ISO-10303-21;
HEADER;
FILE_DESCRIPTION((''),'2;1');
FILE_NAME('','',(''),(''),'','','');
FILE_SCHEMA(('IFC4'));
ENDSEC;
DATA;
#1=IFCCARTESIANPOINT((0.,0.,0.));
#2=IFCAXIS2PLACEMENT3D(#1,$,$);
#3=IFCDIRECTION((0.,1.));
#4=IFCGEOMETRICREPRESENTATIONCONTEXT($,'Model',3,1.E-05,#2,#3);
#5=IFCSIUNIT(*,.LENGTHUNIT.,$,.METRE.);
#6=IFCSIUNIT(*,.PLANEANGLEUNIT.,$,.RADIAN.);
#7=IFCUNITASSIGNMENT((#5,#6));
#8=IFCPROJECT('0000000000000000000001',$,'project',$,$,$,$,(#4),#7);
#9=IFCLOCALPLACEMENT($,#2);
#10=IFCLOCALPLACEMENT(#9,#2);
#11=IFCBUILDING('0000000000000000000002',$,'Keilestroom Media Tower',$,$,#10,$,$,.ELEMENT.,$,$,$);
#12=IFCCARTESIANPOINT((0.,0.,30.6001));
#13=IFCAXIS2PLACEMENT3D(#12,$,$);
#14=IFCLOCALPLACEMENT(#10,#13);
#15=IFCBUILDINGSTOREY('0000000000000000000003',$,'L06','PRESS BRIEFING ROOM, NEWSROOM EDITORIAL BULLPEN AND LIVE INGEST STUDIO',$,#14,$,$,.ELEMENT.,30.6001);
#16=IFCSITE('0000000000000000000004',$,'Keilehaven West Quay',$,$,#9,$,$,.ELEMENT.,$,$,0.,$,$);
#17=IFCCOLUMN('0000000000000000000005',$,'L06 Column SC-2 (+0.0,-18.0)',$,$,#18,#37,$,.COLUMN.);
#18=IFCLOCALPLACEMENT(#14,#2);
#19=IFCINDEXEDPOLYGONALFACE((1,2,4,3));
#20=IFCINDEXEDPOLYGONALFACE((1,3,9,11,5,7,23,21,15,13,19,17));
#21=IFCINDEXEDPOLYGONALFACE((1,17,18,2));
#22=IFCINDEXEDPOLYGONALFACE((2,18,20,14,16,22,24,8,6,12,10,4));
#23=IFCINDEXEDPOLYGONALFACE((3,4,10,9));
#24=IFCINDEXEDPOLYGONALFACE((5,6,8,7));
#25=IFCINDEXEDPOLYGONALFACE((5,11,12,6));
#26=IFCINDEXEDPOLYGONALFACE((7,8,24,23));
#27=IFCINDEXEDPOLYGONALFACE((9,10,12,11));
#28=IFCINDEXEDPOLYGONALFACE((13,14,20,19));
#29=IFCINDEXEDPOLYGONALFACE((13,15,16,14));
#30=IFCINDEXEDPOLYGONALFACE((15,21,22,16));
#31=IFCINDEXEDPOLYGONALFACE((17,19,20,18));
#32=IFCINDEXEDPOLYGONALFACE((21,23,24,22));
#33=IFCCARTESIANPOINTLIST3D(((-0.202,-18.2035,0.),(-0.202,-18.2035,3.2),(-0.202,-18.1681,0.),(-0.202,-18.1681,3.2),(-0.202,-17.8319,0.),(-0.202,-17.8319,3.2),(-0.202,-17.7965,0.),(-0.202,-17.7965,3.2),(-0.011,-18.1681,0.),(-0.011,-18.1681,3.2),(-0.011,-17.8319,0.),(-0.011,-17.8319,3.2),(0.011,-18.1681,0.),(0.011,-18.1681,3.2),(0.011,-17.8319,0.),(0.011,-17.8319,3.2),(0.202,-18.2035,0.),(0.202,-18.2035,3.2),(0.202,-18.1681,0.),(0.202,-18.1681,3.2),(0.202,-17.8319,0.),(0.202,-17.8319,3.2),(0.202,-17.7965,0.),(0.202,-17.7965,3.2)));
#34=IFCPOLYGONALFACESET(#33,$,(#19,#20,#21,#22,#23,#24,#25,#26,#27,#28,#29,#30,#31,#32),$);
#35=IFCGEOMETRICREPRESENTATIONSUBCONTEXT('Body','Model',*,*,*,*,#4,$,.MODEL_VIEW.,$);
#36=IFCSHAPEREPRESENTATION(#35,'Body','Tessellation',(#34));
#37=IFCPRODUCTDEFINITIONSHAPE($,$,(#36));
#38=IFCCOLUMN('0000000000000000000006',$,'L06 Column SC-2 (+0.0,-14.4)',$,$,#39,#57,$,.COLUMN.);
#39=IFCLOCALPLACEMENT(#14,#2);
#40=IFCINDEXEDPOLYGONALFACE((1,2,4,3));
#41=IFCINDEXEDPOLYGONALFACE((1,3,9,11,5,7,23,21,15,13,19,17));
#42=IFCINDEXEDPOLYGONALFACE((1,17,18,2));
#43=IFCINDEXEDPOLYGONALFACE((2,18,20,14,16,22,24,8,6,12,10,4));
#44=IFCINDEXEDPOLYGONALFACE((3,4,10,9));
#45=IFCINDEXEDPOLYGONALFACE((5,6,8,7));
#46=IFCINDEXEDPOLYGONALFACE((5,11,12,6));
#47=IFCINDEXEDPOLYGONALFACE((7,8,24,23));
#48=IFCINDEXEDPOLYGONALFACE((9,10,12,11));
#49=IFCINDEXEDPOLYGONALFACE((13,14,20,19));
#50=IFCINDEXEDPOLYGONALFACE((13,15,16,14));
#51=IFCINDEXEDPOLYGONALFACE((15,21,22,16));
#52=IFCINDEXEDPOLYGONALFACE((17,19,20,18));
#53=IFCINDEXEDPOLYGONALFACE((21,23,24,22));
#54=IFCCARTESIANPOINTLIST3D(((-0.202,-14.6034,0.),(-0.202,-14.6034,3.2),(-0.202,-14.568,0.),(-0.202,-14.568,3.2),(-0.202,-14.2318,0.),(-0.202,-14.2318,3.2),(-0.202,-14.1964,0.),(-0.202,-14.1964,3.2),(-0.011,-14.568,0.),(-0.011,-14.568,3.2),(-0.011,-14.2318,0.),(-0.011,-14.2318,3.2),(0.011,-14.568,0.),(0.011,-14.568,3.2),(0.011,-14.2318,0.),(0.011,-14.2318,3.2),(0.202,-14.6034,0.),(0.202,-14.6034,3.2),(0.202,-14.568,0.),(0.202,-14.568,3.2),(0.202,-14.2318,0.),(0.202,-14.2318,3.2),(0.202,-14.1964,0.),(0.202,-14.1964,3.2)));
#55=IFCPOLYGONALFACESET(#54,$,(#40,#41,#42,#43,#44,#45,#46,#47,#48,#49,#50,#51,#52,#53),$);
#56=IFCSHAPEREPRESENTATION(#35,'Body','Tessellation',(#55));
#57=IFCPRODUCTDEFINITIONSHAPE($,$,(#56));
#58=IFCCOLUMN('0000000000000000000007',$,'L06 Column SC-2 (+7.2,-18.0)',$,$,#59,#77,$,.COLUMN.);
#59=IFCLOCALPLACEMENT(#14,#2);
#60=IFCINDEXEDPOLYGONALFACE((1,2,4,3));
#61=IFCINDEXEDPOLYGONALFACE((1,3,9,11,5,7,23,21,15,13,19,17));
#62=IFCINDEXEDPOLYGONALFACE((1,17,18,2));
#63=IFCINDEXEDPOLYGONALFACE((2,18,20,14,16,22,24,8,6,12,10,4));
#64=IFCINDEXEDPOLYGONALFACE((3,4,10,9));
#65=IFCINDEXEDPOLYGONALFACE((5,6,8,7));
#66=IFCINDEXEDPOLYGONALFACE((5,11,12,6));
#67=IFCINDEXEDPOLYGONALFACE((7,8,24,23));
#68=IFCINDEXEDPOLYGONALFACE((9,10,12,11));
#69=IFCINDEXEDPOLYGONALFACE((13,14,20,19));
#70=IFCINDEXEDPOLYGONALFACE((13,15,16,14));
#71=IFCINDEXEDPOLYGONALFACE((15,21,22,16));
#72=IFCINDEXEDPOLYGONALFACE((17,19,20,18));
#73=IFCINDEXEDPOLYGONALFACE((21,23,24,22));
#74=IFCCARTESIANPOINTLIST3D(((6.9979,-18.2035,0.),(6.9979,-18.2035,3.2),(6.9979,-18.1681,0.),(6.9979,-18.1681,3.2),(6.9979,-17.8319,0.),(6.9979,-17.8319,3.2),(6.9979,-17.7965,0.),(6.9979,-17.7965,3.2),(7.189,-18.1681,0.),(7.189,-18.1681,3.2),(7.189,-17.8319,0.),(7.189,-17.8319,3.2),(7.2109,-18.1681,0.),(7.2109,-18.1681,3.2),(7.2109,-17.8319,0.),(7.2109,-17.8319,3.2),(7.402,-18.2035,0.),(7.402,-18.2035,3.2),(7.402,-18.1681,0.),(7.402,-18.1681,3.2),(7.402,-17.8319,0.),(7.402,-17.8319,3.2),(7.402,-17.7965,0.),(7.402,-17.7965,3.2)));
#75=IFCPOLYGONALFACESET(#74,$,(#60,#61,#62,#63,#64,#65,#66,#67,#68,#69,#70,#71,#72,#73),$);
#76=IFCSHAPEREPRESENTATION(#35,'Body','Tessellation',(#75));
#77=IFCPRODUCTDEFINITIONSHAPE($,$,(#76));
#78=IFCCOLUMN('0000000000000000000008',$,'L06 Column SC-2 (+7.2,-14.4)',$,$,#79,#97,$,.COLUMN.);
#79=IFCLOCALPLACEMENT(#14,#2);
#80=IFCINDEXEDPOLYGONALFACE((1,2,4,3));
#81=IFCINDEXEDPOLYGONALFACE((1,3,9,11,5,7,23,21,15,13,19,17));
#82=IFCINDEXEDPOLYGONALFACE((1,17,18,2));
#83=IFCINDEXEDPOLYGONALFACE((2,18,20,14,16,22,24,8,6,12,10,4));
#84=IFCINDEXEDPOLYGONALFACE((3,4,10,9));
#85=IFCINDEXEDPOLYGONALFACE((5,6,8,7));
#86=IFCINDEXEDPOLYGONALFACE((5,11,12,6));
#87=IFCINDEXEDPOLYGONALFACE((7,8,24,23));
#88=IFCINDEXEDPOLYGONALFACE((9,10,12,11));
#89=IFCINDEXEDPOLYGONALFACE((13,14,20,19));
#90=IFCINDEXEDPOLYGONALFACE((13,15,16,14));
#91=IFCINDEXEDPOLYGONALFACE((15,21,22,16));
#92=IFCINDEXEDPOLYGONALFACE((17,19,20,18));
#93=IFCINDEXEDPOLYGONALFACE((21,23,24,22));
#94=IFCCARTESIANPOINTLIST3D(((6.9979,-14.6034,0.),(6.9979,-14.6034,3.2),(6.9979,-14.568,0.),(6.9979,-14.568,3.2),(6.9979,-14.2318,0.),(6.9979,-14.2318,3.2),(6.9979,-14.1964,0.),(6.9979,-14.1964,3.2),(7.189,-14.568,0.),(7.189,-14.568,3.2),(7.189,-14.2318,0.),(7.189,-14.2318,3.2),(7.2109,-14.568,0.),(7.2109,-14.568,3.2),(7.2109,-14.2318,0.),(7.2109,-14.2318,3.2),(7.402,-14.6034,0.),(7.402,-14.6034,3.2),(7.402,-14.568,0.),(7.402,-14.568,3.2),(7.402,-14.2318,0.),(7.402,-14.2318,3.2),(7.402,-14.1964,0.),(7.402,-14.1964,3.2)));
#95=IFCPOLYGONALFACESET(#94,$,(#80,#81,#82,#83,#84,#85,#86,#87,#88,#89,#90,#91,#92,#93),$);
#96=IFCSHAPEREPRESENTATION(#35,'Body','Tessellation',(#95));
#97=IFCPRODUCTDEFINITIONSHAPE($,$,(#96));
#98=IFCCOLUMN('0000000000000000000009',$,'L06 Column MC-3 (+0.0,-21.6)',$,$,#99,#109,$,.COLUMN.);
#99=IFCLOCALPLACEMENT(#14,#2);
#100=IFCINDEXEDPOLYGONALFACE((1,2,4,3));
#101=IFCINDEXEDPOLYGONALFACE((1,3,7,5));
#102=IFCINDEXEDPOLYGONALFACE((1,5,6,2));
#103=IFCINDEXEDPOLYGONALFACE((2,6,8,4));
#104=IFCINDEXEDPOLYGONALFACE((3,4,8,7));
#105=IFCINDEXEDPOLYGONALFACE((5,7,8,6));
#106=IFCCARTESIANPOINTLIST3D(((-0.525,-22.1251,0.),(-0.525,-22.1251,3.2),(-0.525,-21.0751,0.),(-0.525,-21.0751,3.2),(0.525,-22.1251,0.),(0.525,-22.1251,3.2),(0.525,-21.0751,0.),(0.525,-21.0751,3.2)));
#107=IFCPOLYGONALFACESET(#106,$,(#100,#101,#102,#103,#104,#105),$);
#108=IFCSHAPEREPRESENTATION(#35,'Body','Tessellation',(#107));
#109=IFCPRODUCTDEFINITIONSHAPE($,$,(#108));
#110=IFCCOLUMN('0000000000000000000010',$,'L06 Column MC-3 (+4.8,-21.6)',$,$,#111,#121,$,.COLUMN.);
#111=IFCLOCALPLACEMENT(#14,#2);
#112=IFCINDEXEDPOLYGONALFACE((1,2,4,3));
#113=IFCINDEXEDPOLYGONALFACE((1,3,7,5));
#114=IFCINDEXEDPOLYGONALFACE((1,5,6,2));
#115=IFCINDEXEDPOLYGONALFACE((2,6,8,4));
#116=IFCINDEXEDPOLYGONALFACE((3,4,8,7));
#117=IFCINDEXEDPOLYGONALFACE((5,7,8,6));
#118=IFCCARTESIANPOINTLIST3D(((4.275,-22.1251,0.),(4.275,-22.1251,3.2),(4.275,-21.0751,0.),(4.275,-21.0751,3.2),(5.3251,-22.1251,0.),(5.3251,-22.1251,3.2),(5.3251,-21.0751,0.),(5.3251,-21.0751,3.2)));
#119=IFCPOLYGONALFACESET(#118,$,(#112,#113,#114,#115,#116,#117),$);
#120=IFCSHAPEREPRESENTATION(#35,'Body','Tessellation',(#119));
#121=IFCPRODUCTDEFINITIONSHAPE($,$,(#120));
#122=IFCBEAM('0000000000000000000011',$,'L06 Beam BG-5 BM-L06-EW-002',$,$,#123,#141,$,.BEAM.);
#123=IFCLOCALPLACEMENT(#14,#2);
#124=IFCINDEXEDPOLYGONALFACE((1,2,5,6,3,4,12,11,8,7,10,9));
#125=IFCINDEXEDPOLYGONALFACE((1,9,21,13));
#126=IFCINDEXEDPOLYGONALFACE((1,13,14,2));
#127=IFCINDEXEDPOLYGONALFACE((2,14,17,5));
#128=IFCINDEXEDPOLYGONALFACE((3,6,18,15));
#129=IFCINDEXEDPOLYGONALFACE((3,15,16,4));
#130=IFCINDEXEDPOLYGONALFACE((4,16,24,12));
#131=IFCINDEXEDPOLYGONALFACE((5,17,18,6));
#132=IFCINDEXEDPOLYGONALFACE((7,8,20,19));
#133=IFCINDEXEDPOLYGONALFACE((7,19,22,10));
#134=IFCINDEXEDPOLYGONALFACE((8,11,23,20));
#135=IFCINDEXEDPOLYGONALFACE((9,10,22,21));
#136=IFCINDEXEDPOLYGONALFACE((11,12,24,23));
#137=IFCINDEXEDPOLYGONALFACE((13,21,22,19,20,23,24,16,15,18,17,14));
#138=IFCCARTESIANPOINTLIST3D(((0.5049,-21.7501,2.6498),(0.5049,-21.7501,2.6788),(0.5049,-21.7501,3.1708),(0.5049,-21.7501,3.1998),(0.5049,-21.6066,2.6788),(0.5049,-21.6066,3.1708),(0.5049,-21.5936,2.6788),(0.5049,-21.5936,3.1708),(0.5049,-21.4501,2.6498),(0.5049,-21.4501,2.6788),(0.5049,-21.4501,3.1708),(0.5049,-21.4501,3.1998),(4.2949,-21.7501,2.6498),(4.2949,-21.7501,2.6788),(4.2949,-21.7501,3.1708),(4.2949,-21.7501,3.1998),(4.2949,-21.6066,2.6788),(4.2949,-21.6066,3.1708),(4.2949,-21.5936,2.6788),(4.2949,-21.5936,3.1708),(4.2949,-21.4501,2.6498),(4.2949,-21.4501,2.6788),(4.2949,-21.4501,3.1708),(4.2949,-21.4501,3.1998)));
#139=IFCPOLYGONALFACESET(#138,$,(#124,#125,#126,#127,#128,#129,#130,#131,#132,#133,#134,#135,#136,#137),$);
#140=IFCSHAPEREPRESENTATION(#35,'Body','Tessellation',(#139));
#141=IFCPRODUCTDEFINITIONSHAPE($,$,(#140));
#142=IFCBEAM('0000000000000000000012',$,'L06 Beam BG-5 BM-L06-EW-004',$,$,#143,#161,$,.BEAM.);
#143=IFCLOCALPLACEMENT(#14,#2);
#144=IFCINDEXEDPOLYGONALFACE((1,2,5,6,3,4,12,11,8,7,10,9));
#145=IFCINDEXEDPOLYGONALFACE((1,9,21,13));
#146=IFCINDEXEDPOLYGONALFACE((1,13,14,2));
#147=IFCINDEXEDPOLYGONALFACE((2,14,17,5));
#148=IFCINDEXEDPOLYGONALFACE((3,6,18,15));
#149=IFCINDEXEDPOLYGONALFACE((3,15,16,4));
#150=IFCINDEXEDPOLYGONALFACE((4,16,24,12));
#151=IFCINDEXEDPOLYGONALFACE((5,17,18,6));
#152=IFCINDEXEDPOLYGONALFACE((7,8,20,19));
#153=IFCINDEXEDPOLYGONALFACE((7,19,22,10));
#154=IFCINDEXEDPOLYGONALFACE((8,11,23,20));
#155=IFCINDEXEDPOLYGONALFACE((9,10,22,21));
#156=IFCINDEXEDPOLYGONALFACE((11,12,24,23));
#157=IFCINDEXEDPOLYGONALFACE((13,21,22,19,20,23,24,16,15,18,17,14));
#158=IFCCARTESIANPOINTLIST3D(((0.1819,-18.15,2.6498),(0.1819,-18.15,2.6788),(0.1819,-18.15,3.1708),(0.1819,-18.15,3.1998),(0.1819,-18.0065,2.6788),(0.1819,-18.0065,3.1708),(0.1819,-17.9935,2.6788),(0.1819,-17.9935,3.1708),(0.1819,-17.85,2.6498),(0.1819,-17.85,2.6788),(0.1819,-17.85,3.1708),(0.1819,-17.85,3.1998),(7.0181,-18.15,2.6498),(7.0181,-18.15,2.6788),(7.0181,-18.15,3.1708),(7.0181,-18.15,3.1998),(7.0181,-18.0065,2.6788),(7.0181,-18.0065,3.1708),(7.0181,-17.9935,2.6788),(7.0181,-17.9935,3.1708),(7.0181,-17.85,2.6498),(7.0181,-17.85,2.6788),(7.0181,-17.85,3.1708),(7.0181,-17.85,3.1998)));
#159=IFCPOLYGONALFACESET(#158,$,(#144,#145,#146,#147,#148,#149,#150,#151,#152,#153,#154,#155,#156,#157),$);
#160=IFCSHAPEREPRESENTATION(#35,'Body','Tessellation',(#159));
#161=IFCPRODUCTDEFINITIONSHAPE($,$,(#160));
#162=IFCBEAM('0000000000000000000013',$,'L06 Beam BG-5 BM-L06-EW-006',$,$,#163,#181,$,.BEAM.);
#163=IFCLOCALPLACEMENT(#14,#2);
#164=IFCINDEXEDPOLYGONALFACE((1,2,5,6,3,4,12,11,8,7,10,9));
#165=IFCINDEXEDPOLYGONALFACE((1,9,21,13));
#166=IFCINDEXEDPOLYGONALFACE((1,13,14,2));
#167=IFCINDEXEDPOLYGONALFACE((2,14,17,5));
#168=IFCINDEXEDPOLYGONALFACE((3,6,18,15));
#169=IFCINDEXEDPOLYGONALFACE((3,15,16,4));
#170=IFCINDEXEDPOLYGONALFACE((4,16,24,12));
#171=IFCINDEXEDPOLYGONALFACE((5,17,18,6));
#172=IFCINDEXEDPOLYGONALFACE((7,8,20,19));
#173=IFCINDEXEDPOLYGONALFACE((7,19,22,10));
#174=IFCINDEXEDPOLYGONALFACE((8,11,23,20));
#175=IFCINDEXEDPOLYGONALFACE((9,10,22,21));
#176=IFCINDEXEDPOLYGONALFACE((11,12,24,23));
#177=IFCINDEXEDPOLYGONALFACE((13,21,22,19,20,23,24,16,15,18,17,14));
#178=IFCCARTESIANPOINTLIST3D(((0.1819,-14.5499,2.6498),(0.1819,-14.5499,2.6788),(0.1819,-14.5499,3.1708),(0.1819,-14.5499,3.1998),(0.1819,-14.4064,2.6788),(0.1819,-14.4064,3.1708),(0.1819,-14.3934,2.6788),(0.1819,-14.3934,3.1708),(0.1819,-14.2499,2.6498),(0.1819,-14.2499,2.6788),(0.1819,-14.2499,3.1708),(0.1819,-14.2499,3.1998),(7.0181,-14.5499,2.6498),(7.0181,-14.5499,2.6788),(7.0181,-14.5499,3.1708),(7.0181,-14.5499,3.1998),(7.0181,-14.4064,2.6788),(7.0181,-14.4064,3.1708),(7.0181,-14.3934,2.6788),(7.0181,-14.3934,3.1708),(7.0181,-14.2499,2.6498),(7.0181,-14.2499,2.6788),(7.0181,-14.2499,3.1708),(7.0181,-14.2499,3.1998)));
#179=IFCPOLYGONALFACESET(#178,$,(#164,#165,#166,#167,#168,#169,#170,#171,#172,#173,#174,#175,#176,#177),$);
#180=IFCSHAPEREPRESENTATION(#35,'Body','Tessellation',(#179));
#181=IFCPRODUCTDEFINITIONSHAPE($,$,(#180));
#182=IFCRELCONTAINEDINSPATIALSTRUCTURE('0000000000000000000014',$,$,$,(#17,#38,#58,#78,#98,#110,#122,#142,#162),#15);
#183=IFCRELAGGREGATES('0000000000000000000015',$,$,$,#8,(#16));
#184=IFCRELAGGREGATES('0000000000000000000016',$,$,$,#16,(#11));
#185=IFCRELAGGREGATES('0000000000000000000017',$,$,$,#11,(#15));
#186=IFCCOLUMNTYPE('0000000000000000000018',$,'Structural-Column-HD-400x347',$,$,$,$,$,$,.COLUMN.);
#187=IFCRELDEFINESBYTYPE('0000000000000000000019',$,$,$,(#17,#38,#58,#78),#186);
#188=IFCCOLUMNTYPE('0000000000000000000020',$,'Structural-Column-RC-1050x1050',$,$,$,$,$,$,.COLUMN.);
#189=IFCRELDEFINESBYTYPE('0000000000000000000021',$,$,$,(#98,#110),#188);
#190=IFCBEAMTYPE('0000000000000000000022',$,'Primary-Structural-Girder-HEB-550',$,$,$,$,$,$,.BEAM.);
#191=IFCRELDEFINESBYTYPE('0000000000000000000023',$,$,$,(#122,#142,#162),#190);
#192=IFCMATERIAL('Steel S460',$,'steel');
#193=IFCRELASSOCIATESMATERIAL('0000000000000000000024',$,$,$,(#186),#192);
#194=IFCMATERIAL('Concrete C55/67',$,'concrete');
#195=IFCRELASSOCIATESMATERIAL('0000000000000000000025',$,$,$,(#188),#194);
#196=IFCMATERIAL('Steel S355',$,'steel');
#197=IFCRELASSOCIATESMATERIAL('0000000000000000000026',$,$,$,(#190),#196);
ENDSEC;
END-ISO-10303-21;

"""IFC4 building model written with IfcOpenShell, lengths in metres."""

from ifc_helpers import new_model, si_unit, direction, frame, origin, origin_2d, place, context, subcontext, project, spatial, rectangle, i_section, extrude, source, transform, mapped, material, material_profile, profile_set, type_object, element, save


model = new_model("IFC4")

# Units and contexts
model_context = context("Model", 3, precision=1e-05, world=origin(), true_north=direction((0.0, 1.0)))
body_context = subcontext(model_context, "Body", "Model", "MODEL_VIEW")
ifc_project = project(units=[si_unit("LENGTHUNIT", "METRE"), si_unit("PLANEANGLEUNIT", "RADIAN")], contexts=[model_context])

# Site, building, storey
site_placement = place(None, origin())
site = spatial("IfcSite", under=ifc_project, at=site_placement, Name="Keilehaven West Quay", CompositionType="ELEMENT", RefElevation=0.0)
building_placement = place(site_placement, origin())
building = spatial("IfcBuilding", under=site, at=building_placement, Name="Keilestroom Media Tower", CompositionType="ELEMENT")
storey_placement = place(building_placement, frame((0.0, 0.0, 30.6001)))
storey = spatial("IfcBuildingStorey", under=building, at=storey_placement, Name="L06", Description="PRESS BRIEFING ROOM, NEWSROOM EDITORIAL BULLPEN AND LIVE INGEST STUDIO", CompositionType="ELEMENT", Elevation=30.6001)

# Columns
ifc_material_1 = material(Name="Steel S460", Category="steel")
ifc_material_profile_1 = material_profile(ifc_material_1, i_section(OverallWidth=0.4041, OverallDepth=0.407, WebThickness=0.022, FlangeThickness=0.0354, at=origin_2d()), Name="HD 400x347")
ifc_profile_set_1 = profile_set([ifc_material_profile_1], Name="Steel S460")
column_type_1 = type_object("IfcColumnType", Name="Structural-Column-HD-400x347", PredefinedType="COLUMN", material=ifc_profile_set_1)
shared_shape_1 = source(origin(), body_context, "Body", "SweptSolid", [
    extrude(i_section(OverallWidth=0.4041, OverallDepth=0.407, WebThickness=0.022, FlangeThickness=0.0354, at=origin_2d()), origin(), (0.0, 0.0, 1.0), 3.2),
])
for number, where, z_axis, x_axis, name in (
    (1, (0.0, -18.0, 0.0), (0.0, 0.0, 1.0), (1.0, 0.0, 0.0), "L06 Column SC-2 (+0.0,-18.0)"),
    (2, (0.0, -14.3999, 0.0), (0.0, 0.0, 1.0), (1.0, 0.0, 0.0), "L06 Column SC-2 (+0.0,-14.4)"),
    (3, (7.2, -18.0, 0.0), (0.0, 0.0, 1.0), (1.0, 0.0, 0.0), "L06 Column SC-2 (+7.2,-18.0)"),
    (4, (7.2, -14.3999, 0.0), (0.0, 0.0, 1.0), (1.0, 0.0, 0.0), "L06 Column SC-2 (+7.2,-14.4)"),
):
    element("IfcColumn", number, at=place(storey_placement, frame(where, z_axis=z_axis, x_axis=x_axis)), inside=storey, type_object=column_type_1, Name=name, PredefinedType="COLUMN", context=body_context, shape_type="MappedRepresentation", body=[
        mapped(shared_shape_1, transform((0.0, 0.0, 0.0), x_axis=(1.0, 0.0, 0.0), y_axis=(0.0, 1.0, 0.0), z_axis=(0.0, 0.0, 1.0), scale=1.0)),
    ])
ifc_material_2 = material(Name="Concrete C55/67", Category="concrete")
ifc_material_profile_2 = material_profile(ifc_material_2, rectangle(XDim=1.05, YDim=1.05, at=origin_2d()), Name="RC 1050x1050")
ifc_profile_set_2 = profile_set([ifc_material_profile_2], Name="Concrete C55/67")
column_type_2 = type_object("IfcColumnType", Name="Structural-Column-RC-1050x1050", PredefinedType="COLUMN", material=ifc_profile_set_2)
shared_shape_2 = source(origin(), body_context, "Body", "SweptSolid", [
    extrude(rectangle(XDim=1.05, YDim=1.05, at=origin_2d()), origin(), (0.0, 0.0, 1.0), 3.2),
])
for number, where, z_axis, x_axis, name in (
    (5, (0.0, -21.6001, 0.0), (0.0, 0.0, 1.0), (1.0, 0.0, 0.0), "L06 Column MC-3 (+0.0,-21.6)"),
    (6, (4.8, -21.6001, 0.0), (0.0, 0.0, 1.0), (1.0, 0.0, 0.0), "L06 Column MC-3 (+4.8,-21.6)"),
):
    element("IfcColumn", number, at=place(storey_placement, frame(where, z_axis=z_axis, x_axis=x_axis)), inside=storey, type_object=column_type_2, Name=name, PredefinedType="COLUMN", context=body_context, shape_type="MappedRepresentation", body=[
        mapped(shared_shape_2, transform((0.0, 0.0, 0.0), x_axis=(1.0, 0.0, 0.0), y_axis=(0.0, 1.0, 0.0), z_axis=(0.0, 0.0, 1.0), scale=1.0)),
    ])

# Beams
ifc_material_3 = material(Name="Steel S355", Category="steel")
ifc_material_profile_3 = material_profile(ifc_material_3, i_section(OverallWidth=0.3, OverallDepth=0.55, WebThickness=0.0129, FlangeThickness=0.0291, at=origin_2d()), Name="HEB 550")
ifc_profile_set_3 = profile_set([ifc_material_profile_3], Name="Steel S355")
beam_type_1 = type_object("IfcBeamType", Name="Primary-Structural-Girder-HEB-550", PredefinedType="BEAM", material=ifc_profile_set_3)
shared_shape_3 = source(origin(), body_context, "Body", "SweptSolid", [
    extrude(i_section(OverallWidth=0.3, OverallDepth=0.55, WebThickness=0.0129, FlangeThickness=0.0291, at=origin_2d()), origin(), (0.0, 0.0, 1.0), 3.79),
])
beam_1_placement = place(storey_placement, frame((0.5049, -21.6001, 2.9248), z_axis=(1.0, 0.0, 0.0), x_axis=(0.0, 1.0, 0.0)))
element("IfcBeam", 7, at=beam_1_placement, inside=storey, type_object=beam_type_1, Name="L06 Beam BG-5 BM-L06-EW-002", PredefinedType="BEAM", context=body_context, shape_type="MappedRepresentation", body=[
    mapped(shared_shape_3, transform((0.0, 0.0, 0.0), x_axis=(1.0, 0.0, 0.0), y_axis=(0.0, 1.0, 0.0), z_axis=(0.0, 0.0, 1.0), scale=1.0)),
])
shared_shape_4 = source(origin(), body_context, "Body", "SweptSolid", [
    extrude(i_section(OverallWidth=0.3, OverallDepth=0.55, WebThickness=0.0129, FlangeThickness=0.0291, at=origin_2d()), origin(), (0.0, 0.0, 1.0), 6.8362),
])
for number, where, z_axis, x_axis, name in (
    (8, (0.1819, -18.0, 2.9248), (1.0, 0.0, 0.0), (0.0, 1.0, 0.0), "L06 Beam BG-5 BM-L06-EW-004"),
    (9, (0.1819, -14.3999, 2.9248), (1.0, 0.0, 0.0), (0.0, 1.0, 0.0), "L06 Beam BG-5 BM-L06-EW-006"),
):
    element("IfcBeam", number, at=place(storey_placement, frame(where, z_axis=z_axis, x_axis=x_axis)), inside=storey, type_object=beam_type_1, Name=name, PredefinedType="BEAM", context=body_context, shape_type="MappedRepresentation", body=[
        mapped(shared_shape_4, transform((0.0, 0.0, 0.0), x_axis=(1.0, 0.0, 0.0), y_axis=(0.0, 1.0, 0.0), z_axis=(0.0, 0.0, 1.0), scale=1.0)),
    ])

save(model, "model.ifc")
